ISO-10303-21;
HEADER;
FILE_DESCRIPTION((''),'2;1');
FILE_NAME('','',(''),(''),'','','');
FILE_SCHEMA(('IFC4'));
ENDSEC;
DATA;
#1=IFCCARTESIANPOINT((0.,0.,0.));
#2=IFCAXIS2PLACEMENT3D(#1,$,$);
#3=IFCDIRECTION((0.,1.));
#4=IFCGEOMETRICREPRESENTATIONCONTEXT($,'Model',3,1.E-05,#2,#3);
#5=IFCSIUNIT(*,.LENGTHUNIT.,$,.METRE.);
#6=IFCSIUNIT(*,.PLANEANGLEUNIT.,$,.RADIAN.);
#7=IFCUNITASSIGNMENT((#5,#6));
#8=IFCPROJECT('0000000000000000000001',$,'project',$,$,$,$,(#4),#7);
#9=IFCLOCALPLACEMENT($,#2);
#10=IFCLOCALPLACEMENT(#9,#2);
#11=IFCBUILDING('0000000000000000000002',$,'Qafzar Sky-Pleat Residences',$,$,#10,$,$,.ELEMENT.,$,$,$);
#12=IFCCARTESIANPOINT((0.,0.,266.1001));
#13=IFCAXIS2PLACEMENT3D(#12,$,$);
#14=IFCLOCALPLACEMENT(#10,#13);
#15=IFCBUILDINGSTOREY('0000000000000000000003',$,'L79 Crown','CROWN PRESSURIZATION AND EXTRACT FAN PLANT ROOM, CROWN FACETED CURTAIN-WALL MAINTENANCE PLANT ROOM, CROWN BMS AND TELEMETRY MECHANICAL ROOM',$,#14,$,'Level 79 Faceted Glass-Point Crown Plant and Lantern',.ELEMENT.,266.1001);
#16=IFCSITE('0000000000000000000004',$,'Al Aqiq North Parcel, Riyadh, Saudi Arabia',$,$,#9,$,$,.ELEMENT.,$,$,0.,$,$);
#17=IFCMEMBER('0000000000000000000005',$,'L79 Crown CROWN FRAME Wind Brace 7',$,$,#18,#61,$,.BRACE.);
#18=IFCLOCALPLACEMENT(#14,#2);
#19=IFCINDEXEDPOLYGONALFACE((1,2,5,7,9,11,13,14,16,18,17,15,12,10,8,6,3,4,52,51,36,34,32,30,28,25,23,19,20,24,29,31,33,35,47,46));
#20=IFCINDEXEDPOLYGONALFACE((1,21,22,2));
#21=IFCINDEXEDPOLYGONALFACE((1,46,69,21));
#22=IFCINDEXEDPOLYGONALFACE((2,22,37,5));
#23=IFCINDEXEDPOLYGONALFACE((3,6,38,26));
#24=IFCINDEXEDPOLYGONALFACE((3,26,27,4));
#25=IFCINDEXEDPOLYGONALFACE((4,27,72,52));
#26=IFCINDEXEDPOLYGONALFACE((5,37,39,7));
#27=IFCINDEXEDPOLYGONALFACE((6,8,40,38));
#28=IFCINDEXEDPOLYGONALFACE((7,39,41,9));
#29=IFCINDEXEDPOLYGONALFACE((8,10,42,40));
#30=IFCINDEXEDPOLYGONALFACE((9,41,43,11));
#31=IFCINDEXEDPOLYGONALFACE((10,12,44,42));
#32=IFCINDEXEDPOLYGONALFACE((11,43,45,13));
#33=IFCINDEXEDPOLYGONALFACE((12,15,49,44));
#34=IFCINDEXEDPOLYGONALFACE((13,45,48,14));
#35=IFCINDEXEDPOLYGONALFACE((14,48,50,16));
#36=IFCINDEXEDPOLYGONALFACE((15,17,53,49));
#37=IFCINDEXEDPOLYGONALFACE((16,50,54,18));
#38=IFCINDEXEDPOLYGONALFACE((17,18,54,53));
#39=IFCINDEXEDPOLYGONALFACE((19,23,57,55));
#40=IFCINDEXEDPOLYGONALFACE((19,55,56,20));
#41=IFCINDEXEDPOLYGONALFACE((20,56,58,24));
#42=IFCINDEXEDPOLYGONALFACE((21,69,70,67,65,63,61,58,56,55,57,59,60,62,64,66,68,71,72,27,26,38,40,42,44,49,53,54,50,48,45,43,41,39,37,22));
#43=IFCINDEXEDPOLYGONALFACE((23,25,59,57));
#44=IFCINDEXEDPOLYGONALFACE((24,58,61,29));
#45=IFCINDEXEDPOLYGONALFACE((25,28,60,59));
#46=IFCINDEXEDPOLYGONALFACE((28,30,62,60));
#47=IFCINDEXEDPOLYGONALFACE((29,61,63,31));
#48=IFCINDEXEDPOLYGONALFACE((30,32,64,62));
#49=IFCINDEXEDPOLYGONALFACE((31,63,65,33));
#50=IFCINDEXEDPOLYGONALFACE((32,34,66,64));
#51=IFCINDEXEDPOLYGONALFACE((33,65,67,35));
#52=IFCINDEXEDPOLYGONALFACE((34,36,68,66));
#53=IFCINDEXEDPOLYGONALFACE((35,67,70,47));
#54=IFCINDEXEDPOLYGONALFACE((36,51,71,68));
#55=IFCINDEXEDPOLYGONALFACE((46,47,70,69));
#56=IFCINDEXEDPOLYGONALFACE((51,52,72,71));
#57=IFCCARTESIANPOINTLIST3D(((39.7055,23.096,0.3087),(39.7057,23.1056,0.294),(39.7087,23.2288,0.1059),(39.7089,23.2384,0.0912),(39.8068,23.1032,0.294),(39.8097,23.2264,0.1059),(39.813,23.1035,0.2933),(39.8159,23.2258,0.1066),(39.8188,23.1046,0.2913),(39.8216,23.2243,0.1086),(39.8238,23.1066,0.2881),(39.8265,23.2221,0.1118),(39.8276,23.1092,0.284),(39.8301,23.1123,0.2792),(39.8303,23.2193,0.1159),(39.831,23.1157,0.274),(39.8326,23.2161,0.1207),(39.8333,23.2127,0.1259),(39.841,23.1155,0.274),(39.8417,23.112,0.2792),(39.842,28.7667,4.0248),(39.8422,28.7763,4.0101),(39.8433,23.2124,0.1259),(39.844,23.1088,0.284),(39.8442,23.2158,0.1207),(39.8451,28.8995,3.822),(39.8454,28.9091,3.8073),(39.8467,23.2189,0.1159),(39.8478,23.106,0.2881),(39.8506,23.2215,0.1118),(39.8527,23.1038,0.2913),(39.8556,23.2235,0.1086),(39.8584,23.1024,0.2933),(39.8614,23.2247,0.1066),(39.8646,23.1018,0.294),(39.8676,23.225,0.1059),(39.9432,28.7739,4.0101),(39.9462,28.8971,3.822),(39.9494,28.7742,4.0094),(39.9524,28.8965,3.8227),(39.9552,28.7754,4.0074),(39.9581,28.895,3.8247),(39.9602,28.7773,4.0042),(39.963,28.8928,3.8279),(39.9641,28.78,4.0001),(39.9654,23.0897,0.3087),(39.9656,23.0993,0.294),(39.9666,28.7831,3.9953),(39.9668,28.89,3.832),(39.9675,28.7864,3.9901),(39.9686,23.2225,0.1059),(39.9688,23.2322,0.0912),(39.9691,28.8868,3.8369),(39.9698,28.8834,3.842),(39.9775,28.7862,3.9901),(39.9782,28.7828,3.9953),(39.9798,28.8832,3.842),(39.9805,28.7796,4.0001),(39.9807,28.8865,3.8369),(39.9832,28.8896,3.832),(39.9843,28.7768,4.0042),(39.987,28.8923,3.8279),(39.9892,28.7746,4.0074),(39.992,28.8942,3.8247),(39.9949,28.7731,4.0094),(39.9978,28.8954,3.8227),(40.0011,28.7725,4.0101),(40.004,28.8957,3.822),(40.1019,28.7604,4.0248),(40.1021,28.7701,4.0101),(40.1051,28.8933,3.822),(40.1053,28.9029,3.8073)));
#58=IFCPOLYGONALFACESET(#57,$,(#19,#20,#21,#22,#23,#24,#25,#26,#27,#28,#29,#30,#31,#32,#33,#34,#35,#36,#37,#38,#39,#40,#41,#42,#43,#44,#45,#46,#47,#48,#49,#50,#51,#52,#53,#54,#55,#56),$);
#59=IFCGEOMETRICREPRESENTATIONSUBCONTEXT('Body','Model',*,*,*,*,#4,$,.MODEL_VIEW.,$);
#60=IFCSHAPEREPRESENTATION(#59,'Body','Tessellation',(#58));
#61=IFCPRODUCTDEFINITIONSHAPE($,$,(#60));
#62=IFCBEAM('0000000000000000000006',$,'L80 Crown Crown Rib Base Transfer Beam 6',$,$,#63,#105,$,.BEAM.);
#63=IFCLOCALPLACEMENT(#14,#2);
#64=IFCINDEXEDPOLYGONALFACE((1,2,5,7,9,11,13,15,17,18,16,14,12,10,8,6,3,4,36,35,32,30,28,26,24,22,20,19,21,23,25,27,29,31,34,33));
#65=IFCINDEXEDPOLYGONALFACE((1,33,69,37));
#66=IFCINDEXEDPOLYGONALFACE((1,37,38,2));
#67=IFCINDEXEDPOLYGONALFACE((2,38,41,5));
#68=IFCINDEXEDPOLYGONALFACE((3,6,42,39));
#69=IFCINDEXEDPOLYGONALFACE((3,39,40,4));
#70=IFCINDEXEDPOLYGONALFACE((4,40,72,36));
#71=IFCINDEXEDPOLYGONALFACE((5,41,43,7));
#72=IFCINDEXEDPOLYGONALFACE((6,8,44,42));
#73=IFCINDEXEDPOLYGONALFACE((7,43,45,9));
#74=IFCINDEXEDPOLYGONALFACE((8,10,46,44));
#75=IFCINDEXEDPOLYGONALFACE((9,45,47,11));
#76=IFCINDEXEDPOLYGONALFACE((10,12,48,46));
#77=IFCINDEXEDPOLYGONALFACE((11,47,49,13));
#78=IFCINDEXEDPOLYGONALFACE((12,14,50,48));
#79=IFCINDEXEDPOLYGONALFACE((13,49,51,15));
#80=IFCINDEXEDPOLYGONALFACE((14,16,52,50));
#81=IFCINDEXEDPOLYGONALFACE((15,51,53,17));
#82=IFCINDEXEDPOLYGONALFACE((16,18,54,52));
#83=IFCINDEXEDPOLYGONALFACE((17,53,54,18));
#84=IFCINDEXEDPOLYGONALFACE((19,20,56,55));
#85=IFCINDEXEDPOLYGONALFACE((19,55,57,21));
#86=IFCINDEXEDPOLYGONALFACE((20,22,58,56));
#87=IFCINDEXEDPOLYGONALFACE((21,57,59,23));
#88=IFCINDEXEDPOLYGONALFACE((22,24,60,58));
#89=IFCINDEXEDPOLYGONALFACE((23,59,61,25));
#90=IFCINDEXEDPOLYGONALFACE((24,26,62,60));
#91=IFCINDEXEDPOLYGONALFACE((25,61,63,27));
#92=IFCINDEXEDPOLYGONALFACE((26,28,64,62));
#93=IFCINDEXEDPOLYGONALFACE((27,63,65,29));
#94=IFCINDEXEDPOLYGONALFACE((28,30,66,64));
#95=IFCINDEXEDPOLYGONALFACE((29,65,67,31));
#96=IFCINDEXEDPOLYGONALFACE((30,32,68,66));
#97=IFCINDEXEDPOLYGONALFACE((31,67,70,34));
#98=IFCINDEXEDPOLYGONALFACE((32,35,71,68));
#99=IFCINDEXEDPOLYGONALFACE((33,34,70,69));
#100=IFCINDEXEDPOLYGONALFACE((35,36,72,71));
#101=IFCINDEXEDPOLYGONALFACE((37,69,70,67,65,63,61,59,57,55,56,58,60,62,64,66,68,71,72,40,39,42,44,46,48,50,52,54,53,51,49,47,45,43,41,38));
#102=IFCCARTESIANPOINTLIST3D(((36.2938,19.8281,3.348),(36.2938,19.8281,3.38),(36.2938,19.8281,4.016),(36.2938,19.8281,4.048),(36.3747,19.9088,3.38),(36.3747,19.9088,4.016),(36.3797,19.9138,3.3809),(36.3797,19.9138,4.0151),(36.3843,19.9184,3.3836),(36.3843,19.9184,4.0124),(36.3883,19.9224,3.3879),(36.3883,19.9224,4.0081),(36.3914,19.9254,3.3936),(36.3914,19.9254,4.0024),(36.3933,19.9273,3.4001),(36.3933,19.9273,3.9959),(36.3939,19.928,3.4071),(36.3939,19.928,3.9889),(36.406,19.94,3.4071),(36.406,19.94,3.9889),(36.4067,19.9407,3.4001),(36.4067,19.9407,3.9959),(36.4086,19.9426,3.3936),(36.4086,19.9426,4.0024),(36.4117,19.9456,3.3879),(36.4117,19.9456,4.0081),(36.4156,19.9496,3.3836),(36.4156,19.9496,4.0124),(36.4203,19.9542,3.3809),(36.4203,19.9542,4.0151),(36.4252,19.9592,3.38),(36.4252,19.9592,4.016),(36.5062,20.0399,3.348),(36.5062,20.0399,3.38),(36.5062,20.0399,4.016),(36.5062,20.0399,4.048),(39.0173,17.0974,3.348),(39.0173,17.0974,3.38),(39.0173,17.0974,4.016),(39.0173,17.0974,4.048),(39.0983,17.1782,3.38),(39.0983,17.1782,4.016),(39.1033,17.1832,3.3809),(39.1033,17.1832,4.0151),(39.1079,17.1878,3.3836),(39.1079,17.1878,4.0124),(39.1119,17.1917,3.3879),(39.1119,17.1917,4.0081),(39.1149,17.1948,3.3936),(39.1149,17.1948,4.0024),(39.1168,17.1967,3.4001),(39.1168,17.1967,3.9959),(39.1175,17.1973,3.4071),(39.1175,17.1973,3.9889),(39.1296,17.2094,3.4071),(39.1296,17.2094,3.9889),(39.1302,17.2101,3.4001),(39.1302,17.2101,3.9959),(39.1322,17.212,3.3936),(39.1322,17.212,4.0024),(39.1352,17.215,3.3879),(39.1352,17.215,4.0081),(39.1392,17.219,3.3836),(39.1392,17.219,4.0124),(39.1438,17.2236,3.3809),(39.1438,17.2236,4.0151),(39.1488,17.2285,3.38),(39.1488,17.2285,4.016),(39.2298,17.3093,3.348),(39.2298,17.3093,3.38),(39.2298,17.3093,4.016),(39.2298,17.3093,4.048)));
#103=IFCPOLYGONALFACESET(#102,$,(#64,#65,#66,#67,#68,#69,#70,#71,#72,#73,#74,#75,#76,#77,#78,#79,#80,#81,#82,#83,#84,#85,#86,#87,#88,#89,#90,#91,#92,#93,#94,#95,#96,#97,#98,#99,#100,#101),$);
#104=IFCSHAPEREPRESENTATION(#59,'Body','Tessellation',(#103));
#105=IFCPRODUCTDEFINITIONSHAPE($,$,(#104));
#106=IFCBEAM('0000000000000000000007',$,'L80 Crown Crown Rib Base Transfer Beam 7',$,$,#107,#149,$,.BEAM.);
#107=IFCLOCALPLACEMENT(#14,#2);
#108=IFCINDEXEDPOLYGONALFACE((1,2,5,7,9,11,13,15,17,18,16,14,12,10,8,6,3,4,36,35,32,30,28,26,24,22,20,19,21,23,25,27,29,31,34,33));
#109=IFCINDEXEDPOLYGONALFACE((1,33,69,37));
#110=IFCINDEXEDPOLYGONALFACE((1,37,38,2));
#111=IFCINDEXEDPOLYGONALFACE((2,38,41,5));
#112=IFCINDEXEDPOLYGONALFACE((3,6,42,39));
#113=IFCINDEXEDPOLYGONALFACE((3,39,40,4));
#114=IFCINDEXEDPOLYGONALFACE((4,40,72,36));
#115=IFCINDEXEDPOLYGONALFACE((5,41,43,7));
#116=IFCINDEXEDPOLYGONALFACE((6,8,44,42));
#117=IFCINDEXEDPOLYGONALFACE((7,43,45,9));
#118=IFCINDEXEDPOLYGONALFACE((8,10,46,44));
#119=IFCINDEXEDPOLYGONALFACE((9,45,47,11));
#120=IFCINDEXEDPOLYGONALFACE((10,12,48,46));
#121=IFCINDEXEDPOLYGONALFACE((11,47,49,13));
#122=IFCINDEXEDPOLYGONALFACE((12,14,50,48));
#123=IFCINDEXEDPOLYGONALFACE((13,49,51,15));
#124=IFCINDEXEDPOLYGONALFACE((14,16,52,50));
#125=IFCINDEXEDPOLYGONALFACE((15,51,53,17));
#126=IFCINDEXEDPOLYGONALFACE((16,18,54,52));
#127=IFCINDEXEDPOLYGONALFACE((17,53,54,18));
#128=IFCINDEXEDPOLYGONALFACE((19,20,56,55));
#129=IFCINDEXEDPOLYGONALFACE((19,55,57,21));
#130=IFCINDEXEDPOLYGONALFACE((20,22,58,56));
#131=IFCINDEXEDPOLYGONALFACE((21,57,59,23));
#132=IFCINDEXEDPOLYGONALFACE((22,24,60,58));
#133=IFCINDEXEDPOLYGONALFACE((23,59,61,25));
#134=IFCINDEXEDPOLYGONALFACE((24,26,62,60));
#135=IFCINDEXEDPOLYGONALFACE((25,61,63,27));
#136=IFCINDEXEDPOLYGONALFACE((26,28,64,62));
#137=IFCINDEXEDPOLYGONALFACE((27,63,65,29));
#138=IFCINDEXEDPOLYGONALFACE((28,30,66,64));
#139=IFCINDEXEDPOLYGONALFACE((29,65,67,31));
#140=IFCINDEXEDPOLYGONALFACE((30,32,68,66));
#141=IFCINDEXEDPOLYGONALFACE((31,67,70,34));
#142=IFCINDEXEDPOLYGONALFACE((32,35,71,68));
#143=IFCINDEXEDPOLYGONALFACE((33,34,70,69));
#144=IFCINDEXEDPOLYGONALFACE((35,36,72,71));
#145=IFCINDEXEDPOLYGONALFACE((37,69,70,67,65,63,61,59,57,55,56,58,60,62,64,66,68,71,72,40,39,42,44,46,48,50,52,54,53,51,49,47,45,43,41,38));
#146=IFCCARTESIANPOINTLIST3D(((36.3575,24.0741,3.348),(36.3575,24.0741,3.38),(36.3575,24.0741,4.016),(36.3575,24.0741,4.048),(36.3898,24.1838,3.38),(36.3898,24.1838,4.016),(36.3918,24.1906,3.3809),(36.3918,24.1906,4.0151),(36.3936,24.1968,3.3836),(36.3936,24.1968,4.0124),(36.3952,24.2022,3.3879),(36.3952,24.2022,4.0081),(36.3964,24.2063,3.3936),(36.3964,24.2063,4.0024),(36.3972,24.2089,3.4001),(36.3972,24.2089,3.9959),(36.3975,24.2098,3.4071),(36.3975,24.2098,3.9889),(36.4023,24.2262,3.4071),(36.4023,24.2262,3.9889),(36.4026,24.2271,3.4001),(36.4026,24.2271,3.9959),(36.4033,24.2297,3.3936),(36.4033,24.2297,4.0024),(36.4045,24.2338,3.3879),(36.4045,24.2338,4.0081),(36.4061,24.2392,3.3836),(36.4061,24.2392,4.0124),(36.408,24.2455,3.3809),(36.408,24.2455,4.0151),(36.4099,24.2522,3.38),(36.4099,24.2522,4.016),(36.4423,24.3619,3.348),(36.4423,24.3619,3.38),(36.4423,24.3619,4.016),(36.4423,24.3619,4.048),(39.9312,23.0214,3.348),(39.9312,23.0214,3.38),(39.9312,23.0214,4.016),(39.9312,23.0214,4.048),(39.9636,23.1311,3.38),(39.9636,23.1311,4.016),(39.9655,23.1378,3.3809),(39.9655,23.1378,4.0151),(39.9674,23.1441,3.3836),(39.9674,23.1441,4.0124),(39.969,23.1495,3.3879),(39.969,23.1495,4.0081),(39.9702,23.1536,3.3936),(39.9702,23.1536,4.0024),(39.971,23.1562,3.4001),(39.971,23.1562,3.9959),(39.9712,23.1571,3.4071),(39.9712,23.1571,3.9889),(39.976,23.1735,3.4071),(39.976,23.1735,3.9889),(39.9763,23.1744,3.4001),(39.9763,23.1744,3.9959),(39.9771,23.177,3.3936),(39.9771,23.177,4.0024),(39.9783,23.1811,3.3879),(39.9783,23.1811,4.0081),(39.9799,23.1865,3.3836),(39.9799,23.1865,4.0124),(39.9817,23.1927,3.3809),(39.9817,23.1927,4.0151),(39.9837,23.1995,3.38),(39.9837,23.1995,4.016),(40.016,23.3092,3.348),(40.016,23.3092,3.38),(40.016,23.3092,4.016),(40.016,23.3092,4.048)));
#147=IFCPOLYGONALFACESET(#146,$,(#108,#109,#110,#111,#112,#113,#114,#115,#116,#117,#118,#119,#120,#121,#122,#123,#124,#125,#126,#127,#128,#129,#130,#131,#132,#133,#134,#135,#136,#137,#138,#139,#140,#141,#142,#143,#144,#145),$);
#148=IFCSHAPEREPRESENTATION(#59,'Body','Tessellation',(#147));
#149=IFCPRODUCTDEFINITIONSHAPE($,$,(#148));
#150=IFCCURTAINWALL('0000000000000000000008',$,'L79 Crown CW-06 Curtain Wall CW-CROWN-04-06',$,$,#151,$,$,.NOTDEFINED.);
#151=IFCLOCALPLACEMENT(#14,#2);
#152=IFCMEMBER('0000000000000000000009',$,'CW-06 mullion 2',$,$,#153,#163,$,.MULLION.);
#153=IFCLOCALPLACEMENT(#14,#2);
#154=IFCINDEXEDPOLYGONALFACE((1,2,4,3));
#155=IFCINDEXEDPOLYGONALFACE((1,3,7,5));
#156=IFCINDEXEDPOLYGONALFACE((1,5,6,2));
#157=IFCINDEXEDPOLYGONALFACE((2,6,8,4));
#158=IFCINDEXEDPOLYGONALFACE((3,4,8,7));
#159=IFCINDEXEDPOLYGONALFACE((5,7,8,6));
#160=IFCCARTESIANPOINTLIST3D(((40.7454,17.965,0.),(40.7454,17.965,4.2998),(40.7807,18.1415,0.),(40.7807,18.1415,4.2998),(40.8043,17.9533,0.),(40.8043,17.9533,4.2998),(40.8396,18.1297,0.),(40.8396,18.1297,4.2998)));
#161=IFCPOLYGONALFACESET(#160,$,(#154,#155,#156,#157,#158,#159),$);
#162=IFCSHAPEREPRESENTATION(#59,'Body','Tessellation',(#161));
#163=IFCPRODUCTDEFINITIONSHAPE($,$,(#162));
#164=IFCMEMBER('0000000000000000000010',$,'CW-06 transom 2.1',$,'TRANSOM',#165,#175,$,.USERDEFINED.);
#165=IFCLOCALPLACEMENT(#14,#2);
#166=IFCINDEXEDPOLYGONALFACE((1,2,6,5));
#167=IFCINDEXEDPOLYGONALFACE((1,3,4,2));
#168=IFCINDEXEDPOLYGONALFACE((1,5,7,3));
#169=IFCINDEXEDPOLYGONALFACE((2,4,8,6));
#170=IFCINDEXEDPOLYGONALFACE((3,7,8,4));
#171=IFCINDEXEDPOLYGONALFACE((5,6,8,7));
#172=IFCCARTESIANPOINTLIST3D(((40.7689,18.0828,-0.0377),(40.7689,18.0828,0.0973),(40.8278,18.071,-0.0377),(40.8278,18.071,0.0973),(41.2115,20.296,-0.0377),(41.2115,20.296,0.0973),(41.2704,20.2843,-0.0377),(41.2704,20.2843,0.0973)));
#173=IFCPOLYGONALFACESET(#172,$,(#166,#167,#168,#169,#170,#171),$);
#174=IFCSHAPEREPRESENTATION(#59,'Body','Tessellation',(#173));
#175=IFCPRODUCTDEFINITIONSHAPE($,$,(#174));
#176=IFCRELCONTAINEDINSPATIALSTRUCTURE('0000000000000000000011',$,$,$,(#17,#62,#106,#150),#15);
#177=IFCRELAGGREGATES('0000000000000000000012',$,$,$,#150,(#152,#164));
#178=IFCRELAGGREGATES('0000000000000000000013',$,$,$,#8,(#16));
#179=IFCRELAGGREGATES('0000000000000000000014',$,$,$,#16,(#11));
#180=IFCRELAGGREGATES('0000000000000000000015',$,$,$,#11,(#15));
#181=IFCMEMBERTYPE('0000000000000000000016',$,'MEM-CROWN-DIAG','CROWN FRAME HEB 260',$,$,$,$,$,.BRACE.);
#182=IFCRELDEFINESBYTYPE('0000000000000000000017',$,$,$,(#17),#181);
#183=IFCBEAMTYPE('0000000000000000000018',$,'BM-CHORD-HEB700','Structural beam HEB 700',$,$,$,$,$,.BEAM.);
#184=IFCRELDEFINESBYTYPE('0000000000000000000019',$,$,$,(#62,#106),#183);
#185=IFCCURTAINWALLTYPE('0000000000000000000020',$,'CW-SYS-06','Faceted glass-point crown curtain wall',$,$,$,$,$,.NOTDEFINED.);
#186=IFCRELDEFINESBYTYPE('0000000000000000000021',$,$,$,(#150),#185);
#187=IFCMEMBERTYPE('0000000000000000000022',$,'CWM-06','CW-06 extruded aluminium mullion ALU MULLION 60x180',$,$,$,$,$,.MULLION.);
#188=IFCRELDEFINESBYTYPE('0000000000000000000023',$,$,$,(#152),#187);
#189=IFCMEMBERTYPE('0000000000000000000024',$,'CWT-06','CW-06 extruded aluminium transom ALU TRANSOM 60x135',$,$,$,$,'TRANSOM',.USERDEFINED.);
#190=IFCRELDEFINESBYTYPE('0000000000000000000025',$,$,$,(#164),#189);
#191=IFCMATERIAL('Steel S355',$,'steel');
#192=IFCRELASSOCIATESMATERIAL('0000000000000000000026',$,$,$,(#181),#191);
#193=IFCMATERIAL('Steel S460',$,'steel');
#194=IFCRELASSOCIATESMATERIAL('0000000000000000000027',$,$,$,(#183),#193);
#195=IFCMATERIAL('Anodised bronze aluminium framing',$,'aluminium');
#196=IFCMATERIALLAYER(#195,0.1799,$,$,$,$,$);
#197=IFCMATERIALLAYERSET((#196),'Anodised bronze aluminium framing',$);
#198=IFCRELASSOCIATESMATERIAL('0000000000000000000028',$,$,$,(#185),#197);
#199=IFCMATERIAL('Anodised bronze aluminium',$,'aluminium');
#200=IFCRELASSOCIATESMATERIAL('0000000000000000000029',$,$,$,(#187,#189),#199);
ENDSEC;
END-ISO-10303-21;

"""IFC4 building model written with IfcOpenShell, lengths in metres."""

from ifc_helpers import new_model, si_unit, direction, frame, origin, origin_2d, place, context, subcontext, project, spatial, rectangle, i_section, extrude, source, transform, mapped, material, layer, layer_set, material_profile, profile_set, type_object, element, aggregate, save


model = new_model("IFC4")

# Units and contexts
model_context = context("Model", 3, precision=1e-05, world=origin(), true_north=direction((0.0, 1.0)))
body_context = subcontext(model_context, "Body", "Model", "MODEL_VIEW")
ifc_project = project(units=[si_unit("LENGTHUNIT", "METRE"), si_unit("PLANEANGLEUNIT", "RADIAN")], contexts=[model_context])

# Site, building, storey
site_placement = place(None, origin())
site = spatial("IfcSite", under=ifc_project, at=site_placement, Name="Al Aqiq North Parcel, Riyadh, Saudi Arabia", CompositionType="ELEMENT", RefElevation=0.0)
building_placement = place(site_placement, origin())
building = spatial("IfcBuilding", under=site, at=building_placement, Name="Qafzar Sky-Pleat Residences", CompositionType="ELEMENT")
storey_placement = place(building_placement, frame((0.0, 0.0, 266.1001)))
storey = spatial("IfcBuildingStorey", under=building, at=storey_placement, Name="L79 Crown", Description="CROWN PRESSURIZATION AND EXTRACT FAN PLANT ROOM, CROWN FACETED CURTAIN-WALL MAINTENANCE PLANT ROOM, CROWN BMS AND TELEMETRY MECHANICAL ROOM", LongName="Level 79 Faceted Glass-Point Crown Plant and Lantern", CompositionType="ELEMENT", Elevation=266.1001)

# Member
ifc_material_1 = material(Name="Steel S460", Category="steel")
ifc_material_2 = material(Name="Steel S355", Category="steel")
ifc_material_profile_1 = material_profile(ifc_material_2, i_section(OverallWidth=0.26, OverallDepth=0.26, WebThickness=0.01, FlangeThickness=0.0176, FilletRadius=0.0239, at=origin_2d()), Name="HEB 260")
ifc_profile_set_1 = profile_set([ifc_material_profile_1], Name="Steel S355")
member_type_1 = type_object("IfcMemberType", Name="MEM-CROWN-DIAG", Description="CROWN FRAME HEB 260", PredefinedType="BRACE", material=ifc_profile_set_1)
shared_shape_1 = source(origin(), body_context, "Body", "SweptSolid", [
    extrude(i_section(OverallWidth=0.26, OverallDepth=0.26, WebThickness=0.01, FlangeThickness=0.0176, FilletRadius=0.0239, at=origin_2d()), origin(), (0.0, 0.0, 1.0), 6.7812),
])
member_1_placement = place(storey_placement, frame((39.8372, 23.1641, 0.2), z_axis=(0.020126, 0.836237, 0.547999), x_axis=(-0.999711, 0.02406, 0.0)))
element("IfcMember", 1, at=member_1_placement, inside=storey, type_object=member_type_1, Name="L79 Crown CROWN FRAME Wind Brace 7", PredefinedType="BRACE", context=body_context, shape_type="MappedRepresentation", body=[
    mapped(shared_shape_1, transform((0.0, 0.0, 0.0), x_axis=(1.0, 0.0, 0.0), y_axis=(0.0, 1.0, 0.0), z_axis=(0.0, 0.0, 1.0), scale=1.0)),
])

# Beams
ifc_material_profile_2 = material_profile(ifc_material_1, i_section(OverallWidth=0.3, OverallDepth=0.7, WebThickness=0.0171, FlangeThickness=0.032, FilletRadius=0.0271, at=origin_2d()), Name="HEB 700")
ifc_profile_set_2 = profile_set([ifc_material_profile_2], Name="Steel S460")
beam_type = type_object("IfcBeamType", Name="BM-CHORD-HEB700", Description="Structural beam HEB 700", PredefinedType="BEAM", material=ifc_profile_set_2)
shared_shape_2 = source(origin(), body_context, "Body", "SweptSolid", [
    extrude(i_section(OverallWidth=0.3, OverallDepth=0.7, WebThickness=0.0171, FlangeThickness=0.032, FilletRadius=0.0271, at=origin_2d()), origin(), (0.0, 0.0, 1.0), 3.8567),
])
beam_1_placement = place(storey_placement, frame((39.1235, 17.2034, 3.698), z_axis=(-0.706188, 0.708024, 0.0), x_axis=(-0.708024, -0.706188, 0.0)))
element("IfcBeam", 2, at=beam_1_placement, inside=storey, type_object=beam_type, Name="L80 Crown Crown Rib Base Transfer Beam 6", PredefinedType="BEAM", context=body_context, shape_type="MappedRepresentation", body=[
    mapped(shared_shape_2, transform((0.0, 0.0, 0.0), x_axis=(1.0, 0.0, 0.0), y_axis=(0.0, 1.0, 0.0), z_axis=(0.0, 0.0, 1.0), scale=1.0)),
])
shared_shape_3 = source(origin(), body_context, "Body", "SweptSolid", [
    extrude(i_section(OverallWidth=0.3, OverallDepth=0.7, WebThickness=0.0171, FlangeThickness=0.032, FilletRadius=0.0271, at=origin_2d()), origin(), (0.0, 0.0, 1.0), 3.7256),
])
beam_2_placement = place(storey_placement, frame((39.9736, 23.1653, 3.698), z_axis=(-0.959246, 0.282571, 0.0), x_axis=(-0.282571, -0.959246, 0.0)))
element("IfcBeam", 3, at=beam_2_placement, inside=storey, type_object=beam_type, Name="L80 Crown Crown Rib Base Transfer Beam 7", PredefinedType="BEAM", context=body_context, shape_type="MappedRepresentation", body=[
    mapped(shared_shape_3, transform((0.0, 0.0, 0.0), x_axis=(1.0, 0.0, 0.0), y_axis=(0.0, 1.0, 0.0), z_axis=(0.0, 0.0, 1.0), scale=1.0)),
])

# Curtain wall, members
ifc_material_3 = material(Name="Anodised bronze aluminium framing", Category="aluminium")
ifc_layer_1 = layer(ifc_material_3, 0.1799)
ifc_layer_set_1 = layer_set([ifc_layer_1], Name="Anodised bronze aluminium framing")
curtain_wall_type = type_object("IfcCurtainWallType", Name="CW-SYS-06", Description="Faceted glass-point crown curtain wall", PredefinedType="NOTDEFINED", material=ifc_layer_set_1)
curtain_wall_placement = place(storey_placement, origin())
curtain_wall = element("IfcCurtainWall", 4, at=curtain_wall_placement, inside=storey, type_object=curtain_wall_type, Name="L79 Crown CW-06 Curtain Wall CW-CROWN-04-06", PredefinedType="NOTDEFINED")
ifc_material_4 = material(Name="Anodised bronze aluminium", Category="aluminium")
ifc_material_profile_3 = material_profile(ifc_material_4, rectangle(XDim=0.0601, YDim=0.1799, at=origin_2d()), Name="ALU MULLION 60x180")
ifc_profile_set_3 = profile_set([ifc_material_profile_3], Name="Anodised bronze aluminium")
member_type_2 = type_object("IfcMemberType", Name="CWM-06", Description="CW-06 extruded aluminium mullion ALU MULLION 60x180", PredefinedType="MULLION", material=ifc_profile_set_3)
shared_shape_4 = source(origin(), body_context, "Body", "SweptSolid", [
    extrude(rectangle(XDim=0.0601, YDim=0.1799, at=origin_2d()), origin(), (0.0, 0.0, 1.0), 4.2998),
])
member_2_placement = place(storey_placement, frame((40.7925, 18.0474, 0.0), z_axis=(0.0, 0.0, 1.0), x_axis=(-0.980581, 0.196116, 0.0)))
member_2 = element("IfcMember", 5, at=member_2_placement, type_object=member_type_2, Name="CW-06 mullion 2", PredefinedType="MULLION", context=body_context, shape_type="MappedRepresentation", body=[
    mapped(shared_shape_4, transform((0.0, 0.0, 0.0), x_axis=(1.0, 0.0, 0.0), y_axis=(0.0, 1.0, 0.0), z_axis=(0.0, 0.0, 1.0), scale=1.0)),
])
ifc_material_profile_4 = material_profile(ifc_material_4, rectangle(XDim=0.0601, YDim=0.135, at=origin_2d()), Name="ALU TRANSOM 60x135")
ifc_profile_set_4 = profile_set([ifc_material_profile_4], Name="Anodised bronze aluminium")
member_type_3 = type_object("IfcMemberType", Name="CWT-06", Description="CW-06 extruded aluminium transom ALU TRANSOM 60x135", ElementType="TRANSOM", PredefinedType="USERDEFINED", material=ifc_profile_set_4)
shared_shape_5 = source(origin(), body_context, "Body", "SweptSolid", [
    extrude(rectangle(XDim=0.0601, YDim=0.135, at=origin_2d()), origin(), (0.0, 0.0, 1.0), 2.2571),
])
member_3_placement = place(storey_placement, frame((40.7983, 18.0769, 0.0298), z_axis=(0.196116, 0.980581, 0.0), x_axis=(-0.980581, 0.196116, 0.0)))
member_3 = element("IfcMember", 6, at=member_3_placement, type_object=member_type_3, Name="CW-06 transom 2.1", ObjectType="TRANSOM", PredefinedType="USERDEFINED", context=body_context, shape_type="MappedRepresentation", body=[
    mapped(shared_shape_5, transform((0.0, 0.0, 0.0), x_axis=(1.0, 0.0, 0.0), y_axis=(0.0, 1.0, 0.0), z_axis=(0.0, 0.0, 1.0), scale=1.0)),
])
aggregate(curtain_wall, [member_2, member_3])

save(model, "model.ifc")
